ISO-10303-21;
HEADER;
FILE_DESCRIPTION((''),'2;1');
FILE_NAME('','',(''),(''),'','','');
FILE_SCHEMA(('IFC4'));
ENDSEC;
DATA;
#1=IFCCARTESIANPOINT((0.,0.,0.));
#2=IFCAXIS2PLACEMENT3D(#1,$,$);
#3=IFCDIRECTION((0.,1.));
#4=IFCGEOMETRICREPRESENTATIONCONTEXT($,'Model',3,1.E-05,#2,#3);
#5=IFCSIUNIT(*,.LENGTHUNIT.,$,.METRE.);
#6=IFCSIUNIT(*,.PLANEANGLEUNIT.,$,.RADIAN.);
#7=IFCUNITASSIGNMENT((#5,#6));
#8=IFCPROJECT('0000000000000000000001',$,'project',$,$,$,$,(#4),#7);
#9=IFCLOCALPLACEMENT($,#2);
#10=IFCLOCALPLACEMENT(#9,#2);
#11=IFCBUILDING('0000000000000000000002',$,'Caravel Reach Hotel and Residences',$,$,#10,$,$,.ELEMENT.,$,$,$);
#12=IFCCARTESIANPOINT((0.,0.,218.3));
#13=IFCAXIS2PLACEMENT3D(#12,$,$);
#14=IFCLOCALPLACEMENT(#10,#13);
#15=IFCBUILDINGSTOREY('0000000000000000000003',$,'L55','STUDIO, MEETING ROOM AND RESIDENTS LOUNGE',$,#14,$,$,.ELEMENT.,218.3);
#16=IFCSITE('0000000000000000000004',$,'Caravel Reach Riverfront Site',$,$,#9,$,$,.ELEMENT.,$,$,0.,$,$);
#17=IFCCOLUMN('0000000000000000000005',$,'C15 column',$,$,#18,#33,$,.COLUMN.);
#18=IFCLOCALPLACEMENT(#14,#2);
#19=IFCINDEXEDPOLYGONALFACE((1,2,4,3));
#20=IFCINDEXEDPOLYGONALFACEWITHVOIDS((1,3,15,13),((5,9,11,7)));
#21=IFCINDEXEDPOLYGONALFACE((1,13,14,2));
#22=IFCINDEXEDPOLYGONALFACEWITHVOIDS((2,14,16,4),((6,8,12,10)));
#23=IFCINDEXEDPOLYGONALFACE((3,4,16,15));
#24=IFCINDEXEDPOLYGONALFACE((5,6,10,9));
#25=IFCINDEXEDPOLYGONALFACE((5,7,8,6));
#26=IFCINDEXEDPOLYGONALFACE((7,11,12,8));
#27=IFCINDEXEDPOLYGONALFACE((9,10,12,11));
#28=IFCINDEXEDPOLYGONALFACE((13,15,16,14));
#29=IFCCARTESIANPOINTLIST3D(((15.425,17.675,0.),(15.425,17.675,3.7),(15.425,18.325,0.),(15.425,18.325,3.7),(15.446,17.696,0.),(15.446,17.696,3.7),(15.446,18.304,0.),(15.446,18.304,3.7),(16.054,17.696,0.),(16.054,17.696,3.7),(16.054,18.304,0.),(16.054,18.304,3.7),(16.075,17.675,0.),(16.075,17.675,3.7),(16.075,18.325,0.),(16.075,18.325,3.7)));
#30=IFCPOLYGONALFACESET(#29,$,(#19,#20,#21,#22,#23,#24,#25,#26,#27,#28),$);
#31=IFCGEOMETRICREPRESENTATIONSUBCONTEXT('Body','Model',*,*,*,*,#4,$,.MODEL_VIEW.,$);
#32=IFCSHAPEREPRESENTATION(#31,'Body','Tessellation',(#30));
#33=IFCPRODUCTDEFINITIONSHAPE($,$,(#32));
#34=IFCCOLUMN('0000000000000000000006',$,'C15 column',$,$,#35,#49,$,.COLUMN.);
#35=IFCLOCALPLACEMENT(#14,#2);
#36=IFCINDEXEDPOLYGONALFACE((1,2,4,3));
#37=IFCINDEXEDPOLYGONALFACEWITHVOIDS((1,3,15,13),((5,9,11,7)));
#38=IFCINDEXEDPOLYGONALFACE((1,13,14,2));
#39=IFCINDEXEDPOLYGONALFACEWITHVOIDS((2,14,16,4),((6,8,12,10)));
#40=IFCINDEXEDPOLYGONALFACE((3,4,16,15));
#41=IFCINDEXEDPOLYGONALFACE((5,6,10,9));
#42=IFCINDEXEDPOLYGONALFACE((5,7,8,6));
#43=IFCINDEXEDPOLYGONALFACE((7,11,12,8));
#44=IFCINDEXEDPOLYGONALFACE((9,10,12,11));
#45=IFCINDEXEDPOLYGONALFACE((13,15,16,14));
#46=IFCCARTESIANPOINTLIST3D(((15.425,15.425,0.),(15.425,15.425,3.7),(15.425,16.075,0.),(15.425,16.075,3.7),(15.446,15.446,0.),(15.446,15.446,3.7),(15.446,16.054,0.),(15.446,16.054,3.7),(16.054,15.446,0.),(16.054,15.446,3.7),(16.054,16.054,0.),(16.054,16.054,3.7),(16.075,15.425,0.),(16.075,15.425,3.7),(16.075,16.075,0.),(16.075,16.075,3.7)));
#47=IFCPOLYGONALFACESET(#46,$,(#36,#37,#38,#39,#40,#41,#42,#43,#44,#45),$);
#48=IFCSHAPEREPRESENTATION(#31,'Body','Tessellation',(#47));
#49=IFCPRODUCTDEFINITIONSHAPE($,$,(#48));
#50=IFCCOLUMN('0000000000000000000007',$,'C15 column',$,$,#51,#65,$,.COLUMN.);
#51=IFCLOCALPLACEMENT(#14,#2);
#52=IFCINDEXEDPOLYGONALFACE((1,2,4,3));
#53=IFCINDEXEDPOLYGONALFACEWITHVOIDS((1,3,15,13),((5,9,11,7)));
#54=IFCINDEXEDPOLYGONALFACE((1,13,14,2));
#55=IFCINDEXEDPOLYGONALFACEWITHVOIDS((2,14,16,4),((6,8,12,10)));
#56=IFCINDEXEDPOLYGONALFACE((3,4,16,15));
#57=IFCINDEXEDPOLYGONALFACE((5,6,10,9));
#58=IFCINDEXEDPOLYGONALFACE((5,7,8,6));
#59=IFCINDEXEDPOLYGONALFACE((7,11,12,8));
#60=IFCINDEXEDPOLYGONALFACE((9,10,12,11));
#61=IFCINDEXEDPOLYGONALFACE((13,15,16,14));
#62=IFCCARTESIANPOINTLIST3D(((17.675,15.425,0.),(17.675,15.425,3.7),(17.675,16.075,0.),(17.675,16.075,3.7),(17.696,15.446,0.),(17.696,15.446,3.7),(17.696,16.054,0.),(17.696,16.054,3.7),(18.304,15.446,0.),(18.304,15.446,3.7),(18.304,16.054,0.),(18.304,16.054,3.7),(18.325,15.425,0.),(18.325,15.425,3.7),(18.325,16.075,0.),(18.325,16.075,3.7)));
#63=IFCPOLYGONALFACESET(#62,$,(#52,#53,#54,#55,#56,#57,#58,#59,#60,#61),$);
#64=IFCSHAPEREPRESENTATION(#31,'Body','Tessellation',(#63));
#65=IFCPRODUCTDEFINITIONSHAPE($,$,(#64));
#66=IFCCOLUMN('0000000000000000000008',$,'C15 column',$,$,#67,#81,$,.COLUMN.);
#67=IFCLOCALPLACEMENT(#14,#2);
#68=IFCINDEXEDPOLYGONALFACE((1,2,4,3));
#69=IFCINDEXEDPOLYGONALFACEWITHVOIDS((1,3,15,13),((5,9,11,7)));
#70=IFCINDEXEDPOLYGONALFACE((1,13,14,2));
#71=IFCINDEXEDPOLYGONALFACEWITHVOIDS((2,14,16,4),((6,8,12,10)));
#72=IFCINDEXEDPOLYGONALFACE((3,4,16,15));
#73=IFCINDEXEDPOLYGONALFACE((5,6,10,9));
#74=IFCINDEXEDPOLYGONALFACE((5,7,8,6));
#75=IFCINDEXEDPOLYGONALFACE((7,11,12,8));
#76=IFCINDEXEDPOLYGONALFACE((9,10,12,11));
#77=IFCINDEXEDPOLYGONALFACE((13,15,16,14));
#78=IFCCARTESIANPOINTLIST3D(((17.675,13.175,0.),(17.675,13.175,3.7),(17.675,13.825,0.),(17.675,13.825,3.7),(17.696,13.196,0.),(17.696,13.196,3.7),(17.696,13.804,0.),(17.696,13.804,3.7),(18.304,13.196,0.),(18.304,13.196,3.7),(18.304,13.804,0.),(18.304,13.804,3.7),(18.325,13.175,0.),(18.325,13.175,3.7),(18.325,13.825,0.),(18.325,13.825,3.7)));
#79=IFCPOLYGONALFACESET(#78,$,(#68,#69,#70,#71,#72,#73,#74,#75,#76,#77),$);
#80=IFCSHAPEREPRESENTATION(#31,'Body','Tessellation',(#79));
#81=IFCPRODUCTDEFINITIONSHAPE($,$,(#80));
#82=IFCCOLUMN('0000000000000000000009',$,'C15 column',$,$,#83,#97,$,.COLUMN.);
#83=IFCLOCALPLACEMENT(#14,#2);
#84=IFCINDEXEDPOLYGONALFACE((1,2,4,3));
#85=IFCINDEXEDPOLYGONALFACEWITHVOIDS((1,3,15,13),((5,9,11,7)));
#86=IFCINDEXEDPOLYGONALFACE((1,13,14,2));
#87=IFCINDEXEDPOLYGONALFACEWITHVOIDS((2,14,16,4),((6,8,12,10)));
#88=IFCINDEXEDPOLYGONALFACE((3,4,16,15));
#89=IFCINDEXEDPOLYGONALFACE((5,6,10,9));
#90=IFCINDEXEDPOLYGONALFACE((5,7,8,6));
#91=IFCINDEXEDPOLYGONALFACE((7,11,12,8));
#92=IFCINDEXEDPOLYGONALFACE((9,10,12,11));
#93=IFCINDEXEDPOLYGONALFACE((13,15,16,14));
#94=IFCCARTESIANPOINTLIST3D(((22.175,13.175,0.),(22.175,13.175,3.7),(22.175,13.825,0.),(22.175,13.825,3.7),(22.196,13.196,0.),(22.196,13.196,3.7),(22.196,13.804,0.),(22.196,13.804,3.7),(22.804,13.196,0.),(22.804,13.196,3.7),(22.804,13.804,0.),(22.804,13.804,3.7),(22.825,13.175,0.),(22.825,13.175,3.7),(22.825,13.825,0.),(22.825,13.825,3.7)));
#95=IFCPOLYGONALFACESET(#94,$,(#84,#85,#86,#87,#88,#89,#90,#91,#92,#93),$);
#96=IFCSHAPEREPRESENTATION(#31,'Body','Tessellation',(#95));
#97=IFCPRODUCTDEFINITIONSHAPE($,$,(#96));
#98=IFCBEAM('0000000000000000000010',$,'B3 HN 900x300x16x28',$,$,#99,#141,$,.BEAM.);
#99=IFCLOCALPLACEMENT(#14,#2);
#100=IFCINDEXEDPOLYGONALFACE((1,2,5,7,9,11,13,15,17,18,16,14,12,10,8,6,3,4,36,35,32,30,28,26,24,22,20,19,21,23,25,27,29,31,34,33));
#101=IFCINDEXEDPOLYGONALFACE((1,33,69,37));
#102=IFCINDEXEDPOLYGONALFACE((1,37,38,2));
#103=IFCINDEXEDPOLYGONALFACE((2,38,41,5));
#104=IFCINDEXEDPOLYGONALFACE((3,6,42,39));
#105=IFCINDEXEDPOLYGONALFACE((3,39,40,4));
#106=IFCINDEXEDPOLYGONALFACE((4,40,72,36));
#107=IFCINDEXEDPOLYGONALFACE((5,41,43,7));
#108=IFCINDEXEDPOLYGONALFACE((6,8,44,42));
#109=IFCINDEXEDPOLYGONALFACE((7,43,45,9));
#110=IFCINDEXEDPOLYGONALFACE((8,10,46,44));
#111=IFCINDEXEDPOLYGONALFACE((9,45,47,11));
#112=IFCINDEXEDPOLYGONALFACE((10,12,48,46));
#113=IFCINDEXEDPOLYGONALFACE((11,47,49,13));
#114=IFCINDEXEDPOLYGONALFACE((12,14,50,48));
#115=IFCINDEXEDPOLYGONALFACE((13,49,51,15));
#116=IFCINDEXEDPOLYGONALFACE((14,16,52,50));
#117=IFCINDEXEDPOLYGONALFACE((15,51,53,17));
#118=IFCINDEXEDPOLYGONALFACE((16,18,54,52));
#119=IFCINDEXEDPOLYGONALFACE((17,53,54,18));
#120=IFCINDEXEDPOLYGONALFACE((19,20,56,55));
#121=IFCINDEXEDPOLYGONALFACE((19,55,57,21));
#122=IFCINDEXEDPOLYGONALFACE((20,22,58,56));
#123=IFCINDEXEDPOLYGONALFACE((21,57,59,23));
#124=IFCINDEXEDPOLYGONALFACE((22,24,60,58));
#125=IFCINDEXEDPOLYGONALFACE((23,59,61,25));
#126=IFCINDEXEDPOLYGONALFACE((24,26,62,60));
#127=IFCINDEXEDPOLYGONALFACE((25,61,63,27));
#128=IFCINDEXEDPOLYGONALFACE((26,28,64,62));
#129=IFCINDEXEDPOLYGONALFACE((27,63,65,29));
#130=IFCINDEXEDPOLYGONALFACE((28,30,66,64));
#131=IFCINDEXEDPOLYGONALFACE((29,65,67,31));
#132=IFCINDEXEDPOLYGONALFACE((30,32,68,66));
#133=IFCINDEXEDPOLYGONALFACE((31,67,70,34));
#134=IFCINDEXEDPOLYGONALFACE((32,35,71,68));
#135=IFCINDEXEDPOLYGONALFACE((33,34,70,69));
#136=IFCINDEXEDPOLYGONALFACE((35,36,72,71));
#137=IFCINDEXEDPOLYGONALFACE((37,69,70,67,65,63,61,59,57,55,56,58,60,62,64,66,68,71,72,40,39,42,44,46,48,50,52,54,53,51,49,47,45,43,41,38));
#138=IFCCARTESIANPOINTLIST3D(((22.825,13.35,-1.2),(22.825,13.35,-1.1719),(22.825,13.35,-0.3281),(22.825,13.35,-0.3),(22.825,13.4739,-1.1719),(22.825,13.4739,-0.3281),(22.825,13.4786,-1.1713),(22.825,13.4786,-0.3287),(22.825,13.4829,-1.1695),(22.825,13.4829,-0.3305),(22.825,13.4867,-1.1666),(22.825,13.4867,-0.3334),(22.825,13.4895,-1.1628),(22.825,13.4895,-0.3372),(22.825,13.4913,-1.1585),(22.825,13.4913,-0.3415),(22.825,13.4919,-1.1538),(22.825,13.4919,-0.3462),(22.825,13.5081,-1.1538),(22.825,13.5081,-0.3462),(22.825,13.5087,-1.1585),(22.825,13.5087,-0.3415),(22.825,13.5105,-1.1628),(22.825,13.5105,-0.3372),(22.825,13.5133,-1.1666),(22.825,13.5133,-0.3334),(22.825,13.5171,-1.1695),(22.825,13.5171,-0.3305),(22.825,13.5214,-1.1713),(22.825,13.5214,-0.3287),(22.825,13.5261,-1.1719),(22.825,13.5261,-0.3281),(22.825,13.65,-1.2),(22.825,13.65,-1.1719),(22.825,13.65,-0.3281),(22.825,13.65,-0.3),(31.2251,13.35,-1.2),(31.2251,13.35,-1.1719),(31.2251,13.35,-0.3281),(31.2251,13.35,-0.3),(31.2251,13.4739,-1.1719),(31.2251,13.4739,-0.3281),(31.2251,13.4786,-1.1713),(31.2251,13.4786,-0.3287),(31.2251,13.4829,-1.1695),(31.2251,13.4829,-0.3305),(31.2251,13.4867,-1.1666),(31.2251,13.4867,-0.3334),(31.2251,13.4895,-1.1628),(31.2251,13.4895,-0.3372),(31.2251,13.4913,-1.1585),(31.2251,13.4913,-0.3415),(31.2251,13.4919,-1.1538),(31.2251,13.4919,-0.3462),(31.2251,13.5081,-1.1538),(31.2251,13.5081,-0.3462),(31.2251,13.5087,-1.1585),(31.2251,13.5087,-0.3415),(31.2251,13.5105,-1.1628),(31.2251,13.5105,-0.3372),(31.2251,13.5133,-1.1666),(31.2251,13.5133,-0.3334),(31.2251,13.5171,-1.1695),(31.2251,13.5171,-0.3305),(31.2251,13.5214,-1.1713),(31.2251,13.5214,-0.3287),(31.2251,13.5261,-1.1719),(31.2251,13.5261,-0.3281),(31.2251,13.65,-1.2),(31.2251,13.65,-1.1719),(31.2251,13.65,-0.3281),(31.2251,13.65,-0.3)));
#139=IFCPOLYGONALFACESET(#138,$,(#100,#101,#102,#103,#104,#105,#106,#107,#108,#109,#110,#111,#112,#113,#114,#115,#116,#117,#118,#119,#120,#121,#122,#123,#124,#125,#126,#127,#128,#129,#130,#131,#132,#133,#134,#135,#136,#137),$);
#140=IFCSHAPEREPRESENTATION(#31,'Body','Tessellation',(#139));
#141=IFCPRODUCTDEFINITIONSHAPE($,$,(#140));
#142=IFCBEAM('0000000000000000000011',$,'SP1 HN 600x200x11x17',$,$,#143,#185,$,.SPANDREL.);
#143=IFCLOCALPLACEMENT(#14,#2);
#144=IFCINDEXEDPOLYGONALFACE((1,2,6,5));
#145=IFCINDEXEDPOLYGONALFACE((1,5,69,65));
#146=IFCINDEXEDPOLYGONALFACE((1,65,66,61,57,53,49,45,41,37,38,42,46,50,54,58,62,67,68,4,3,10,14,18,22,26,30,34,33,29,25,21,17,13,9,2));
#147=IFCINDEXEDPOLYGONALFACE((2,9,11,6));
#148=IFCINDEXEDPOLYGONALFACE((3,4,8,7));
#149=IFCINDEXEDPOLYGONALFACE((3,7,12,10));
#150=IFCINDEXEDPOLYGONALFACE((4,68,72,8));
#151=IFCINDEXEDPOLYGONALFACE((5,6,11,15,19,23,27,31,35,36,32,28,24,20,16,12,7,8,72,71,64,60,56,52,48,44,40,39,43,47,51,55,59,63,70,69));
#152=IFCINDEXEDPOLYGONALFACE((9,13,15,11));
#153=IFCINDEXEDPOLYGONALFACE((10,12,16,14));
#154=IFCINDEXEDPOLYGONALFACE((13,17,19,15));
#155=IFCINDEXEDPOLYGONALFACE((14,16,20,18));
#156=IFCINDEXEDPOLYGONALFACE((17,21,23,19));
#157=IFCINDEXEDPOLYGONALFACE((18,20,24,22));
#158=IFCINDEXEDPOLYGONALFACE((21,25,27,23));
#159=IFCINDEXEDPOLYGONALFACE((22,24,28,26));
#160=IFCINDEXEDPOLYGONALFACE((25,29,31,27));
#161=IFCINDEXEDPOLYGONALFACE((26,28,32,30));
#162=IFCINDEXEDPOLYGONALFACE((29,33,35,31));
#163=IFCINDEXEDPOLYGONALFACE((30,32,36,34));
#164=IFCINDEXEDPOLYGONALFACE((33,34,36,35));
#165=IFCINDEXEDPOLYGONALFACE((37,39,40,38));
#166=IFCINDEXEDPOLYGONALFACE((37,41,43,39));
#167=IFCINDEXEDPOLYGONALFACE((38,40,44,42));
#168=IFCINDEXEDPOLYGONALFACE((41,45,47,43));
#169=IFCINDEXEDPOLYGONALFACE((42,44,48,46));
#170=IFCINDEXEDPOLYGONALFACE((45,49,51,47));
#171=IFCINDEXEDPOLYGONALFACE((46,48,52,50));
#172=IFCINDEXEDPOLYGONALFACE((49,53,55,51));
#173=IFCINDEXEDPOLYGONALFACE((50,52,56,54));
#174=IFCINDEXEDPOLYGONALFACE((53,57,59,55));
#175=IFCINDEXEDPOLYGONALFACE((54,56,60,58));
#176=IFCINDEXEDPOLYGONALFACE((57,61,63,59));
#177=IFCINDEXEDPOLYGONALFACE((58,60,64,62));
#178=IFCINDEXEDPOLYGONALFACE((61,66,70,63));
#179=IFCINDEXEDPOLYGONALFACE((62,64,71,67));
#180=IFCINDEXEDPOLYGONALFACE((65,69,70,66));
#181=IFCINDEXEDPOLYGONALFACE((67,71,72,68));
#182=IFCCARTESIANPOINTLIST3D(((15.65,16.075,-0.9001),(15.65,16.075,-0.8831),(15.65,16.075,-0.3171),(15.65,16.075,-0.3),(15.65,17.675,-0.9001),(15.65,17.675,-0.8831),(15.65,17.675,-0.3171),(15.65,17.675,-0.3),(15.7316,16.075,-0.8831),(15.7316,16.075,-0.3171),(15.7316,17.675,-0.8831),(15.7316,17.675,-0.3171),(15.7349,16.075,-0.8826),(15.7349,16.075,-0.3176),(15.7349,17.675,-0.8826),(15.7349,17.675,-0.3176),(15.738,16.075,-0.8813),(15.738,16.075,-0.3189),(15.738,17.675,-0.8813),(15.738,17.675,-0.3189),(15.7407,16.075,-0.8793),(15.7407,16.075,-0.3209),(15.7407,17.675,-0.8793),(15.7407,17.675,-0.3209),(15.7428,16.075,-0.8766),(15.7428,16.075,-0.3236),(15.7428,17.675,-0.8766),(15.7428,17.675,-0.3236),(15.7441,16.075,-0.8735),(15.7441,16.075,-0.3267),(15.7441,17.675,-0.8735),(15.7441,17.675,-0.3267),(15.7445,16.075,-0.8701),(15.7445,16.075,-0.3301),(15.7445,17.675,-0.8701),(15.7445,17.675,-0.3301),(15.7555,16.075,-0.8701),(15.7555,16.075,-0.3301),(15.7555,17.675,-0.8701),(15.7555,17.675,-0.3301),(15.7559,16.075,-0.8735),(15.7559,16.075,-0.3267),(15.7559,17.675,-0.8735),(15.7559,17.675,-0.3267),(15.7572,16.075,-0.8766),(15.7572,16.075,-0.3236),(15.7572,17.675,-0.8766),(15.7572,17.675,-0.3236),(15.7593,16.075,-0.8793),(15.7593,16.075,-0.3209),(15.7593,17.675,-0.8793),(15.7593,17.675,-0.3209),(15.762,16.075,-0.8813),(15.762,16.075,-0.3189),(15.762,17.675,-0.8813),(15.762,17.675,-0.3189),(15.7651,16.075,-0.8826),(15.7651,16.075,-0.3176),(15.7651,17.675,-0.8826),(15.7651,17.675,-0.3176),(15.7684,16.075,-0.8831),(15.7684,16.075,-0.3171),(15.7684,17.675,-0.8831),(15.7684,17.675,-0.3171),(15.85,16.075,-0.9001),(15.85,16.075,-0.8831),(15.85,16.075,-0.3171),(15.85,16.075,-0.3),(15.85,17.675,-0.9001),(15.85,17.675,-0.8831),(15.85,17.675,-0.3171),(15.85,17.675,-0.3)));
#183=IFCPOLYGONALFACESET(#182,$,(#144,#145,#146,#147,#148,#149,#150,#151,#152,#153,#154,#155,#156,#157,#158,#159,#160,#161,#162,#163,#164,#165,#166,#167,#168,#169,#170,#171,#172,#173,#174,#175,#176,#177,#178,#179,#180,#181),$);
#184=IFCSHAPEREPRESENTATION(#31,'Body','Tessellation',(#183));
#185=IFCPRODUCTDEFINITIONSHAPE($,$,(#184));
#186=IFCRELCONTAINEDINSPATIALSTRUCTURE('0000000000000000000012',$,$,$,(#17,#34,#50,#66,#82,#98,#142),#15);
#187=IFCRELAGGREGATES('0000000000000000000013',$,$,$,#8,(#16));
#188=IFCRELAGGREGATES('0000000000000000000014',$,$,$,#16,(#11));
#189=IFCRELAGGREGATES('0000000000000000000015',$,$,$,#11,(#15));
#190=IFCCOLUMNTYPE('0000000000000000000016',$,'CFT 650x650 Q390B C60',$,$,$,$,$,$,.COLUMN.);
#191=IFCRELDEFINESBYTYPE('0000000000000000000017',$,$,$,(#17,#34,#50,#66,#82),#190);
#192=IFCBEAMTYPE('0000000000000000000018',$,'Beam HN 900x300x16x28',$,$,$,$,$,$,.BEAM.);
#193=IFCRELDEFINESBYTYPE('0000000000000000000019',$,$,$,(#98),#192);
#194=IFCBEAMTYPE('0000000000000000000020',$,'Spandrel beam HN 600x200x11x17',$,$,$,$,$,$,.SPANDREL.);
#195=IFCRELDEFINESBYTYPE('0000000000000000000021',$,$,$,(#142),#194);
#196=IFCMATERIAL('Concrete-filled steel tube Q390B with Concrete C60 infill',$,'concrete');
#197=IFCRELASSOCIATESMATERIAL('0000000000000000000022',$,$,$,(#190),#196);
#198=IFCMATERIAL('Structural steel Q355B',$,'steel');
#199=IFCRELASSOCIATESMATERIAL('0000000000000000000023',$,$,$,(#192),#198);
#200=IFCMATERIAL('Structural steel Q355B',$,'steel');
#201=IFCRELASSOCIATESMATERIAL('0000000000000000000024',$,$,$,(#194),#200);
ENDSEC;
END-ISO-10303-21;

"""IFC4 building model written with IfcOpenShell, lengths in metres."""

from ifc_helpers import new_model, si_unit, direction, frame, origin, origin_2d, place, context, subcontext, project, spatial, hollow_rectangle, i_section, extrude, material, material_profile, profile_set, type_object, element, save


model = new_model("IFC4")

# Units and contexts
model_context = context("Model", 3, precision=1e-05, world=origin(), true_north=direction((0.0, 1.0)))
body_context = subcontext(model_context, "Body", "Model", "MODEL_VIEW")
ifc_project = project(units=[si_unit("LENGTHUNIT", "METRE"), si_unit("PLANEANGLEUNIT", "RADIAN")], contexts=[model_context])

# Site, building, storey
site_placement = place(None, origin())
site = spatial("IfcSite", under=ifc_project, at=site_placement, Name="Caravel Reach Riverfront Site", CompositionType="ELEMENT", RefElevation=0.0)
building_placement = place(site_placement, origin())
building = spatial("IfcBuilding", under=site, at=building_placement, Name="Caravel Reach Hotel and Residences", CompositionType="ELEMENT")
storey_placement = place(building_placement, frame((0.0, 0.0, 218.3)))
storey = spatial("IfcBuildingStorey", under=building, at=storey_placement, Name="L55", Description="STUDIO, MEETING ROOM AND RESIDENTS LOUNGE", CompositionType="ELEMENT", Elevation=218.3)

# Columns
ifc_material_1 = material(Name="Concrete-filled steel tube Q390B with Concrete C60 infill", Category="concrete")
ifc_material_profile_1 = material_profile(ifc_material_1, hollow_rectangle(XDim=0.6499, YDim=0.6499, WallThickness=0.021, at=origin_2d()), Name="RHS 650x650x21")
ifc_profile_set_1 = profile_set([ifc_material_profile_1], Name="Concrete-filled steel tube Q390B with Concrete C60 infill")
column_type = type_object("IfcColumnType", Name="CFT 650x650 Q390B C60", PredefinedType="COLUMN", material=ifc_profile_set_1)
for number, where, z_axis, x_axis, name in (
    (1, (15.75, 18.0, 0.0), (0.0, 0.0, 1.0), (1.0, 0.0, 0.0), "C15 column"),
    (2, (15.75, 15.75, 0.0), (0.0, 0.0, 1.0), (1.0, 0.0, 0.0), "C15 column"),
    (3, (18.0, 15.75, 0.0), (0.0, 0.0, 1.0), (1.0, 0.0, 0.0), "C15 column"),
    (4, (18.0, 13.5, 0.0), (0.0, 0.0, 1.0), (1.0, 0.0, 0.0), "C15 column"),
    (5, (22.5, 13.5, 0.0), (0.0, 0.0, 1.0), (1.0, 0.0, 0.0), "C15 column"),
):
    element("IfcColumn", number, at=place(storey_placement, frame(where, z_axis=z_axis, x_axis=x_axis)), inside=storey, type_object=column_type, Name=name, PredefinedType="COLUMN", context=body_context, shape_type="SweptSolid", body=[
        extrude(hollow_rectangle(XDim=0.6499, YDim=0.6499, WallThickness=0.021, at=origin_2d()), origin(), (0.0, 0.0, 1.0), 3.7),
    ])

# Beams
ifc_material_2 = material(Name="Structural steel Q355B", Category="steel")
ifc_material_profile_2 = material_profile(ifc_material_2, i_section(OverallWidth=0.3, OverallDepth=0.8999, WebThickness=0.0161, FlangeThickness=0.0281, FilletRadius=0.0181, at=origin_2d()), Name="HN 900x300x16x28")
ifc_profile_set_2 = profile_set([ifc_material_profile_2], Name="Structural steel Q355B")
beam_type_1 = type_object("IfcBeamType", Name="Beam HN 900x300x16x28", PredefinedType="BEAM", material=ifc_profile_set_2)
beam_1_placement = place(storey_placement, frame((22.825, 13.5, -0.75), z_axis=(1.0, 0.0, 0.0), x_axis=(0.0, 1.0, 0.0)))
element("IfcBeam", 6, at=beam_1_placement, inside=storey, type_object=beam_type_1, Name="B3 HN 900x300x16x28", PredefinedType="BEAM", context=body_context, shape_type="SweptSolid", body=[
    extrude(i_section(OverallWidth=0.3, OverallDepth=0.8999, WebThickness=0.0161, FlangeThickness=0.0281, FilletRadius=0.0181, at=origin_2d()), origin(), (0.0, 0.0, 1.0), 8.4001),
])
ifc_material_3 = material(Name="Structural steel Q355B", Category="steel")
ifc_material_profile_3 = material_profile(ifc_material_3, i_section(OverallWidth=0.2, OverallDepth=0.6001, WebThickness=0.011, FlangeThickness=0.0171, FilletRadius=0.0129, at=origin_2d()), Name="HN 600x200x11x17")
ifc_profile_set_3 = profile_set([ifc_material_profile_3], Name="Structural steel Q355B")
beam_type_2 = type_object("IfcBeamType", Name="Spandrel beam HN 600x200x11x17", PredefinedType="SPANDREL", material=ifc_profile_set_3)
for number, where, z_axis, x_axis, name in (
    (7, (15.75, 17.675, -0.6001), (0.0, -1.0, 0.0), (1.0, 0.0, 0.0), "SP1 HN 600x200x11x17"),
):
    element("IfcBeam", number, at=place(storey_placement, frame(where, z_axis=z_axis, x_axis=x_axis)), inside=storey, type_object=beam_type_2, Name=name, PredefinedType="SPANDREL", context=body_context, shape_type="SweptSolid", body=[
        extrude(i_section(OverallWidth=0.2, OverallDepth=0.6001, WebThickness=0.011, FlangeThickness=0.0171, FilletRadius=0.0129, at=origin_2d()), origin(), (0.0, 0.0, 1.0), 1.6001),
    ])

save(model, "model.ifc")
